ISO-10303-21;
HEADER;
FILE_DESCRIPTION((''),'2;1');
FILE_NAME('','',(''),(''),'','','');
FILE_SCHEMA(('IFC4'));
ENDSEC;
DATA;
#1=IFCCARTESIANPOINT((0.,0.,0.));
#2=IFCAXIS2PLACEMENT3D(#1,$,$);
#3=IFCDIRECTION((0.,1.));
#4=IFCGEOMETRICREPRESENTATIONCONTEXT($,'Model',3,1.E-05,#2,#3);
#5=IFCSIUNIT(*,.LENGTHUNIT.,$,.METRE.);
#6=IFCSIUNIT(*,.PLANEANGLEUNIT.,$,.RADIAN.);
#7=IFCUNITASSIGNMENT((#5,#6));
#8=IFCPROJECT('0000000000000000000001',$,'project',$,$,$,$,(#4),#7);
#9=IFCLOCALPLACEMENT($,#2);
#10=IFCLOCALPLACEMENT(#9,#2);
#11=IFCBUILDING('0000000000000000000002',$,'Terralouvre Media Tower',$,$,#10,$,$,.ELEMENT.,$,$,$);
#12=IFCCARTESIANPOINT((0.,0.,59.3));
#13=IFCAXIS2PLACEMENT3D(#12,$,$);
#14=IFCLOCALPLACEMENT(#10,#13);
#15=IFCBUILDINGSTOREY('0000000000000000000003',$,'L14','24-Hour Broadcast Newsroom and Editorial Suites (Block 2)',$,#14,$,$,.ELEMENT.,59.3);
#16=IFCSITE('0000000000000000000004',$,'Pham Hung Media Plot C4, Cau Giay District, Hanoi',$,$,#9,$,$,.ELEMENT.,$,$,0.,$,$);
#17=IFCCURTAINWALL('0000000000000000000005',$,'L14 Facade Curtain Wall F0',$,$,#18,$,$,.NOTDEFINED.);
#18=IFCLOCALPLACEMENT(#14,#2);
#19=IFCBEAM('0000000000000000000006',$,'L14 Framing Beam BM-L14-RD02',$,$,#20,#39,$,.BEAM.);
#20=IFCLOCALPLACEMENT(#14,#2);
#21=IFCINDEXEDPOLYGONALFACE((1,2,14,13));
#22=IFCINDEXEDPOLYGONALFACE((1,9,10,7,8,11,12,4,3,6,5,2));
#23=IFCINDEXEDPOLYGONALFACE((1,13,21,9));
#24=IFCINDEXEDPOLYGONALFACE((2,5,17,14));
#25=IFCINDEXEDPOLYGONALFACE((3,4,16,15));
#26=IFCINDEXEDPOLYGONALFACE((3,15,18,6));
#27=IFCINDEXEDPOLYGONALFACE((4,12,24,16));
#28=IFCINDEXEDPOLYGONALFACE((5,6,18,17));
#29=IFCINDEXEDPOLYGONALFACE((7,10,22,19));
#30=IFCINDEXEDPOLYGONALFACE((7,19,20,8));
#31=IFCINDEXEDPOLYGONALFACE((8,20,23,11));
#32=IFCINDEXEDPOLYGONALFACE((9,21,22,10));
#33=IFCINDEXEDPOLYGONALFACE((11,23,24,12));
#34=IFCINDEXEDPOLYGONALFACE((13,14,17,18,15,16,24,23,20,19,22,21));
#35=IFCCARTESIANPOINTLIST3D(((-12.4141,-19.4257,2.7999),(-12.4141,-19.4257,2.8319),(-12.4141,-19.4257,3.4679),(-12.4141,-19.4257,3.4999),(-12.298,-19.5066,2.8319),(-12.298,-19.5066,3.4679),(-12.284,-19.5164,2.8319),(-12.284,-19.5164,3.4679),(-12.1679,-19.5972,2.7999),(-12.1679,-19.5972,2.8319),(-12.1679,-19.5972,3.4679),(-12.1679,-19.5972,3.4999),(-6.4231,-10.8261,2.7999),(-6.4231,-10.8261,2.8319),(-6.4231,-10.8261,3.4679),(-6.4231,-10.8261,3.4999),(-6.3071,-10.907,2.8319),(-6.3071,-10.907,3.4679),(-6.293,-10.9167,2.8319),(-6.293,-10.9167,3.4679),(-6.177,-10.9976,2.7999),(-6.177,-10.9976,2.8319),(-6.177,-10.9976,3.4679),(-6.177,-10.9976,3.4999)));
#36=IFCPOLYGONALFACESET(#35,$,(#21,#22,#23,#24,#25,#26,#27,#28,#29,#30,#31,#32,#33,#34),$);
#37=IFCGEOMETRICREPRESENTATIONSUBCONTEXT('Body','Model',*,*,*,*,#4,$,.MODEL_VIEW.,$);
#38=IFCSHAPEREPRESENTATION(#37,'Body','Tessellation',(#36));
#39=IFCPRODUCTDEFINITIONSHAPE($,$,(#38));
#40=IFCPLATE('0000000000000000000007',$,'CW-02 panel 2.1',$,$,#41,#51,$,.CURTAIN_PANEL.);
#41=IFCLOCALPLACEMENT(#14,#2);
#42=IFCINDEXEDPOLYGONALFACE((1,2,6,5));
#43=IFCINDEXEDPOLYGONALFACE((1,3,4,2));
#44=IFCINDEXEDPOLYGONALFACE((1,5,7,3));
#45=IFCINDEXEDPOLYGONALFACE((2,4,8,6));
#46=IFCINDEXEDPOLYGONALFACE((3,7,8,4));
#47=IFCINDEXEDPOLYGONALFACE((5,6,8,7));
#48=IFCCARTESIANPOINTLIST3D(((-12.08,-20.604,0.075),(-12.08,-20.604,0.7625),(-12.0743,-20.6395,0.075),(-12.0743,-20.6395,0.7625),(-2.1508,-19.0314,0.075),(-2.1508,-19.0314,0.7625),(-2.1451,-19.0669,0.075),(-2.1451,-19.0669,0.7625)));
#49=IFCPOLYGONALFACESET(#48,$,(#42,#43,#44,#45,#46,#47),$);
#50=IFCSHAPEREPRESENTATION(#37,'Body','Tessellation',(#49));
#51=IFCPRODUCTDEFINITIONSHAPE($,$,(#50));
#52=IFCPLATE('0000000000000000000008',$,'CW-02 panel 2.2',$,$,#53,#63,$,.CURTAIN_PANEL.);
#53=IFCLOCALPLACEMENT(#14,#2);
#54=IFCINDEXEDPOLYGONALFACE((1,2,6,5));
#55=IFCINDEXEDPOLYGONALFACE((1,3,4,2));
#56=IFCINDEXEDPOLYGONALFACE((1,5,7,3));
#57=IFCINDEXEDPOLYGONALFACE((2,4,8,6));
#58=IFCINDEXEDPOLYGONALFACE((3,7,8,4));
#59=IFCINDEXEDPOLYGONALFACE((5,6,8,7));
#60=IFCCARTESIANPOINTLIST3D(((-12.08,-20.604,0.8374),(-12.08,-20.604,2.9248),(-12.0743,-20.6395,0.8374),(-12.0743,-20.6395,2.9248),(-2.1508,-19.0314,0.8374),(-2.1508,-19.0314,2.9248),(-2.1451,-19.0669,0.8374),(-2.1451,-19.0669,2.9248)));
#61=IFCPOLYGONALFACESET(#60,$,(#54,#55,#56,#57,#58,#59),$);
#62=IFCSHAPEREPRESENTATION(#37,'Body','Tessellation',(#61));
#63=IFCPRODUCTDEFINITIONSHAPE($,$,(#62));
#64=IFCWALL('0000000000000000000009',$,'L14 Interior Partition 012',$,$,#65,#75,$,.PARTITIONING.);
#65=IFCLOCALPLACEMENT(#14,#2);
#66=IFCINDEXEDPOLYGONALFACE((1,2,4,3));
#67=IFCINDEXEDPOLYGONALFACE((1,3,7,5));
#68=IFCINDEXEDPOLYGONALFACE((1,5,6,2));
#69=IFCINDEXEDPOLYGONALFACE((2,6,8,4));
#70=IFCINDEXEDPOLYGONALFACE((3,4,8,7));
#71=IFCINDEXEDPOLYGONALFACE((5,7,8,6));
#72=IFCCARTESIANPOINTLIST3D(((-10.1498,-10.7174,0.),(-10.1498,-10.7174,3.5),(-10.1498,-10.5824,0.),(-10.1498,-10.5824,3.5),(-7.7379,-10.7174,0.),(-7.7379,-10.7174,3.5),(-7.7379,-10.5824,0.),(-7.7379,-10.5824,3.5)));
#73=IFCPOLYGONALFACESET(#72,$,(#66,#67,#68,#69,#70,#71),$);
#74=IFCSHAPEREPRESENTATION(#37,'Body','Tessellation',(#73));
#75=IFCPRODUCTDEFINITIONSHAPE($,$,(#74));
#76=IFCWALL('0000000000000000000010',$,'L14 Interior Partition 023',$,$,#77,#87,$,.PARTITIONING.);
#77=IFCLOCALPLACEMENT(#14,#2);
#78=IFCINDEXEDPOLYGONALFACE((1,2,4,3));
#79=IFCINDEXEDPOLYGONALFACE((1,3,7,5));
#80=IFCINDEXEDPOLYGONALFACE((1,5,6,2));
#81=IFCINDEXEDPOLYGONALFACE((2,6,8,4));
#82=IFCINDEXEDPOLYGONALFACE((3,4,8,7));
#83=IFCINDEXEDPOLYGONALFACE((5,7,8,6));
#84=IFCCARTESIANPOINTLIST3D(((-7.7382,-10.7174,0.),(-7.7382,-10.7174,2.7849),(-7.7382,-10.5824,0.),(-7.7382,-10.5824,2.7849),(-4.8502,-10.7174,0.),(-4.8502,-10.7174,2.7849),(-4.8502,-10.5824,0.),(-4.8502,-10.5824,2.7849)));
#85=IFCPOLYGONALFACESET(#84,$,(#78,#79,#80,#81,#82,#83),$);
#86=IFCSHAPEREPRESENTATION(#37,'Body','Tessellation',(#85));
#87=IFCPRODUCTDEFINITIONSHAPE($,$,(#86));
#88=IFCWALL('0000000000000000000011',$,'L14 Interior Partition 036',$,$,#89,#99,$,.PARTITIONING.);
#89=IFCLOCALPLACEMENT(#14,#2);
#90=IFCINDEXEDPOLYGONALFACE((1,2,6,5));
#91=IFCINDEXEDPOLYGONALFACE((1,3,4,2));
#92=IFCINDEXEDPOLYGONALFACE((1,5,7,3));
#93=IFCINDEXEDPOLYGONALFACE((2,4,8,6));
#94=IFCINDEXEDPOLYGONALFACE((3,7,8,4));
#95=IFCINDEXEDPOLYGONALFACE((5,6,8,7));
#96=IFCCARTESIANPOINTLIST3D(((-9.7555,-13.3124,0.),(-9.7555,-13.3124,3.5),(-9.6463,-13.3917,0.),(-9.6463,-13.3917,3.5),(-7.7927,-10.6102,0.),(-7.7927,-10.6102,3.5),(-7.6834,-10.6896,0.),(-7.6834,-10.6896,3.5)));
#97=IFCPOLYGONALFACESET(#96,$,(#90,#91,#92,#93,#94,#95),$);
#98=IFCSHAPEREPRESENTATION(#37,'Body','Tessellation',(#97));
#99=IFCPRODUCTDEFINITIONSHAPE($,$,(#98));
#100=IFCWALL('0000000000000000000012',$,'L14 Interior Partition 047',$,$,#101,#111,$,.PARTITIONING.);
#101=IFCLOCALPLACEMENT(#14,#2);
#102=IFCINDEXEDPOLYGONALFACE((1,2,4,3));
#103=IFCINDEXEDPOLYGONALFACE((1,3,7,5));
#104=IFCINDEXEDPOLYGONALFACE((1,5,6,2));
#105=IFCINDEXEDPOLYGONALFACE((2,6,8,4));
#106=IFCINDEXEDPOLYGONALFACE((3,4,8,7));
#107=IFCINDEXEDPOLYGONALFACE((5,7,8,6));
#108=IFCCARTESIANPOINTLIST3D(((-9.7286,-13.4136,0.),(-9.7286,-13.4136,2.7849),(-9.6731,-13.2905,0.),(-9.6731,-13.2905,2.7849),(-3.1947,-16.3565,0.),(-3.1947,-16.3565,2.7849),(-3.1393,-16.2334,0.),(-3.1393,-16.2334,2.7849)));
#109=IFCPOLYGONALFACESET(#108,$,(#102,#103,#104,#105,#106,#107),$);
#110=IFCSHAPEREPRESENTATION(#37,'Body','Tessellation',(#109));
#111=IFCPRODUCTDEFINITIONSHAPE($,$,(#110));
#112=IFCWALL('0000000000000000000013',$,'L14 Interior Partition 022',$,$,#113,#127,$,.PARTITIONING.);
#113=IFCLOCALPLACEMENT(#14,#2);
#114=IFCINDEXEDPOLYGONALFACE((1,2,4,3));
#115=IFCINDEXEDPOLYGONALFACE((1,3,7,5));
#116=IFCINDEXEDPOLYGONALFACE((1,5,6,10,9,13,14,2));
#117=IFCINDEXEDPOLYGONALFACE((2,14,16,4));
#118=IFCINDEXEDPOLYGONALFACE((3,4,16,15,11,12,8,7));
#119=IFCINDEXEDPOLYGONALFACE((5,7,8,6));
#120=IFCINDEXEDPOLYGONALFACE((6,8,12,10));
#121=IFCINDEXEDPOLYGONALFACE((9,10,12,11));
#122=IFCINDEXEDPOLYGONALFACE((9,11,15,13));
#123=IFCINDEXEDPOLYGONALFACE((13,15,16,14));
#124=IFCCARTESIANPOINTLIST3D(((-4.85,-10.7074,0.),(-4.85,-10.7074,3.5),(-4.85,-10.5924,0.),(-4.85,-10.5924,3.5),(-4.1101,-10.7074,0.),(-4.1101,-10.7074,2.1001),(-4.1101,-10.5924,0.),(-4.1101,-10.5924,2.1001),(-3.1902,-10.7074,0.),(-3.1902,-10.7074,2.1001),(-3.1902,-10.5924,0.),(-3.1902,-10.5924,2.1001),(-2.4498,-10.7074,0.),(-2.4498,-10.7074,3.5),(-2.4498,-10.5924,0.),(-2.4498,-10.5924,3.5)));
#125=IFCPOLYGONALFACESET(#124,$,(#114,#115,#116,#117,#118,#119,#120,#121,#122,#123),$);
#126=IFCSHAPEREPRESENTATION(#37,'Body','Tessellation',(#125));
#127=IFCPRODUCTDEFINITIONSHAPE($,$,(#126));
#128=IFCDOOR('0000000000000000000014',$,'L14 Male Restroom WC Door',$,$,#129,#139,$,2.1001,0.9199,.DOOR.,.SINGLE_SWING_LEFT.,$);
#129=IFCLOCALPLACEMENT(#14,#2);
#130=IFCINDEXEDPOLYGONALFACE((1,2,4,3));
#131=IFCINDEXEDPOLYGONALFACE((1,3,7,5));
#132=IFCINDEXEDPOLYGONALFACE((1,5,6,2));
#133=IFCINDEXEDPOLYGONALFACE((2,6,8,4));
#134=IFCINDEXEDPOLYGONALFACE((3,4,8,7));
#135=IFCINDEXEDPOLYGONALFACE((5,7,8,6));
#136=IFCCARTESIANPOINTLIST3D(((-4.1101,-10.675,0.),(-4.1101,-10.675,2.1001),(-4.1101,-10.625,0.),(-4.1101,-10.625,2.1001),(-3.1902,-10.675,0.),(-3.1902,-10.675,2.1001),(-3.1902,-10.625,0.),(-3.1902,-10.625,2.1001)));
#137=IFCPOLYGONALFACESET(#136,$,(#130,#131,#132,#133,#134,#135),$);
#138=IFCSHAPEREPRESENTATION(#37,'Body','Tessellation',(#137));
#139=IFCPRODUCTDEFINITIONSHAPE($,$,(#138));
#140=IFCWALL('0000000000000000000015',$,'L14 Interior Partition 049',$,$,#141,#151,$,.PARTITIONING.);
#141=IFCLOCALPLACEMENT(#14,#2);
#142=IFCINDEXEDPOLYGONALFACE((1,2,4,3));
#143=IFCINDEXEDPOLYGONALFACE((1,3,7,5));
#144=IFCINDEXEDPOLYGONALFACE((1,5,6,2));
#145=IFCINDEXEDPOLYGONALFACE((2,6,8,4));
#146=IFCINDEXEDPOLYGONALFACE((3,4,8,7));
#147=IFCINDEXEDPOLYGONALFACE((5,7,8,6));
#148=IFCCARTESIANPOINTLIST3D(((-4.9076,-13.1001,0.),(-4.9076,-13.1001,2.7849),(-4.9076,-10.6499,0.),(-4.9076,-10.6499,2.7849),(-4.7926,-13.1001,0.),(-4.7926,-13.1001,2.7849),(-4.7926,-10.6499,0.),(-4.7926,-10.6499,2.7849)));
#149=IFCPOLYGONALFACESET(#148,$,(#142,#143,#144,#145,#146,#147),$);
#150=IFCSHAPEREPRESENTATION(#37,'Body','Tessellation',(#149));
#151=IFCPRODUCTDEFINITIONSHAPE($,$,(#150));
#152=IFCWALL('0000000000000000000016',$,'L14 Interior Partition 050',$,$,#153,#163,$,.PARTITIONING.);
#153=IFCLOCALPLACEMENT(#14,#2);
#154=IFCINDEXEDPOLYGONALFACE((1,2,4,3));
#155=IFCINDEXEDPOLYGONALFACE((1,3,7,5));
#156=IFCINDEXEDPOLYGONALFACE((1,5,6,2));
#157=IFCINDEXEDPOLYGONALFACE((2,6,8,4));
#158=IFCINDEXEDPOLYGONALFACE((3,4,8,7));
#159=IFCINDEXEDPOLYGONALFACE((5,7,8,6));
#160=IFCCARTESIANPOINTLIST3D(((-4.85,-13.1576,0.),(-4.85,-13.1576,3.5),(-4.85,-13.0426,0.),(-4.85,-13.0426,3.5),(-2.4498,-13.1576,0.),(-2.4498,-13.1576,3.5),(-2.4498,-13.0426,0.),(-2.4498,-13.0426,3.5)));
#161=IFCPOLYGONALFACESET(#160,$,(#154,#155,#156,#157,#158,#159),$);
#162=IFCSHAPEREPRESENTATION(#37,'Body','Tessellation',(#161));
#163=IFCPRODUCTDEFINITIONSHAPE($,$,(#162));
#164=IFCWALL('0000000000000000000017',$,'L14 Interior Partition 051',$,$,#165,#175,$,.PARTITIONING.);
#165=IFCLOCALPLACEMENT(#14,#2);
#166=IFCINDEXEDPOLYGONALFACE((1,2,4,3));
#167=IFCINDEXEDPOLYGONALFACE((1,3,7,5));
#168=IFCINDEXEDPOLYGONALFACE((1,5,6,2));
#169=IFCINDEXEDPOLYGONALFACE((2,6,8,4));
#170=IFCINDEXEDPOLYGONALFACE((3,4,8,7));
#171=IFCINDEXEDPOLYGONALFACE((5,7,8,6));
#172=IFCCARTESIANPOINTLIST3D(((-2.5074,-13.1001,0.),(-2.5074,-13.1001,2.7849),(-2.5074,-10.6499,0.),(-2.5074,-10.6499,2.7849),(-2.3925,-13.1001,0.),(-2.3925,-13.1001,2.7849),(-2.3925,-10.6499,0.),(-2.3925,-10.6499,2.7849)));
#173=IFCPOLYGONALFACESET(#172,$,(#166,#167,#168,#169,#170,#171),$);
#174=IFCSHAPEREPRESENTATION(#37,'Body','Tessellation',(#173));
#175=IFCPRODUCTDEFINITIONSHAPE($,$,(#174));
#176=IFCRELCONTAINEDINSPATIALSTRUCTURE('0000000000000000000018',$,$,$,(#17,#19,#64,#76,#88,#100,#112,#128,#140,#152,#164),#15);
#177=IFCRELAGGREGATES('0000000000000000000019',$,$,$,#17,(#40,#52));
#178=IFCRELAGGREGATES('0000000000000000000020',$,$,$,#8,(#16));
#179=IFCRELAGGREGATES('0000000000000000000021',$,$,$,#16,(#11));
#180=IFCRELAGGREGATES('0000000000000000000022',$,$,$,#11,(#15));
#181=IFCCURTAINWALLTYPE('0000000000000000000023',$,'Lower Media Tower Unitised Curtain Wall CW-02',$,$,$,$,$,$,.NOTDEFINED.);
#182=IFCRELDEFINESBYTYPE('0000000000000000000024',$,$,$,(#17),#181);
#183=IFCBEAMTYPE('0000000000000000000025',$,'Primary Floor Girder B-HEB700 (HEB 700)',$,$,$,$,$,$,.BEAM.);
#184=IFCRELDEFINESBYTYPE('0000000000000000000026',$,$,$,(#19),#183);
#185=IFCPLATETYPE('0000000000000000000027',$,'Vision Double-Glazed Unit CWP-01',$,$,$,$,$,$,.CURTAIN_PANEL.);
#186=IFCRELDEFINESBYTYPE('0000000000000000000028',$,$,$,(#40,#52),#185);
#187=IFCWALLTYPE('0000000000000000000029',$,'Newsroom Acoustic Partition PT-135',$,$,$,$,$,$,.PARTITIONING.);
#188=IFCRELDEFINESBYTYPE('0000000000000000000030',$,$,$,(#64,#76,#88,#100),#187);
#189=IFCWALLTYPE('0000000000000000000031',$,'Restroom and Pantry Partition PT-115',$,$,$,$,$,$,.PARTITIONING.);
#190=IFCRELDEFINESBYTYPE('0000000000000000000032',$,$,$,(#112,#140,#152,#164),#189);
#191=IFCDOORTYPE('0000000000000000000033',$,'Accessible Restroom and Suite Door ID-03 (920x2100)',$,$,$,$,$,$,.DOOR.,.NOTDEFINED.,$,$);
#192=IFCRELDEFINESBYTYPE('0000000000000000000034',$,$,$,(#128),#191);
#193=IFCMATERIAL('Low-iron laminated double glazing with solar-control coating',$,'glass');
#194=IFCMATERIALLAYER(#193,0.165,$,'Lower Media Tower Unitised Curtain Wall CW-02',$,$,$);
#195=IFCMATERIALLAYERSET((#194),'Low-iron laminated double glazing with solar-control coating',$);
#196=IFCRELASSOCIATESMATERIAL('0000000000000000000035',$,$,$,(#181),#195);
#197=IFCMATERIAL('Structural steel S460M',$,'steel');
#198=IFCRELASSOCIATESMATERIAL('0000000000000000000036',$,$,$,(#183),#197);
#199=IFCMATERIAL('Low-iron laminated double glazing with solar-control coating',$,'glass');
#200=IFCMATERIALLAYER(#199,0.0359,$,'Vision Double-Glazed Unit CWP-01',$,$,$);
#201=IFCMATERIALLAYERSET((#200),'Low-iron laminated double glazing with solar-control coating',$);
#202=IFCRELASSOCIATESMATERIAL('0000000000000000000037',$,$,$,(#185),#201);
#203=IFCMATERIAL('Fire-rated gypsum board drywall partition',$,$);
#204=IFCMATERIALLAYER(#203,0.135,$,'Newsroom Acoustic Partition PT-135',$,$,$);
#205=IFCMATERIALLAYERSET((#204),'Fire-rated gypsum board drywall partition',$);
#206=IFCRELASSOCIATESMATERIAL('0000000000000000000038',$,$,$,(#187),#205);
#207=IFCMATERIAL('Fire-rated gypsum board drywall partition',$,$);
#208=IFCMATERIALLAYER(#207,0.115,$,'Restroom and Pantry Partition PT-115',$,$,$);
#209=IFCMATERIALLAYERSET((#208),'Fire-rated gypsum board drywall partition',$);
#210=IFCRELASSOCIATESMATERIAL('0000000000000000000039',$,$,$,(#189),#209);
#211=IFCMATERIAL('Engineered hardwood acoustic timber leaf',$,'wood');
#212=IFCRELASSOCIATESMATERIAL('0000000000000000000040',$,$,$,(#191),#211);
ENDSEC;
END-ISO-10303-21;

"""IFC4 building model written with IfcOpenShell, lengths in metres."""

from ifc_helpers import new_model, si_unit, direction, frame, frame_2d, origin, origin_2d, place, context, subcontext, project, spatial, rectangle, i_section, extrude, material, layer, layer_set, material_profile, profile_set, type_object, element, fill, aggregate, save


model = new_model("IFC4")

# Units and contexts
model_context = context("Model", 3, precision=1e-05, world=origin(), true_north=direction((0.0, 1.0)))
body_context = subcontext(model_context, "Body", "Model", "MODEL_VIEW")
ifc_project = project(units=[si_unit("LENGTHUNIT", "METRE"), si_unit("PLANEANGLEUNIT", "RADIAN")], contexts=[model_context])

# Site, building, storey
site_placement = place(None, origin())
site = spatial("IfcSite", under=ifc_project, at=site_placement, Name="Pham Hung Media Plot C4, Cau Giay District, Hanoi", CompositionType="ELEMENT", RefElevation=0.0)
building_placement = place(site_placement, origin())
building = spatial("IfcBuilding", under=site, at=building_placement, Name="Terralouvre Media Tower", CompositionType="ELEMENT")
storey_placement = place(building_placement, frame((0.0, 0.0, 59.3)))
storey = spatial("IfcBuildingStorey", under=building, at=storey_placement, Name="L14", Description="24-Hour Broadcast Newsroom and Editorial Suites (Block 2)", CompositionType="ELEMENT", Elevation=59.3)

# Curtain wall
ifc_material_1 = material(Name="Low-iron laminated double glazing with solar-control coating", Category="glass")
ifc_layer_1 = layer(ifc_material_1, 0.165, Name="Lower Media Tower Unitised Curtain Wall CW-02")
ifc_layer_set_1 = layer_set([ifc_layer_1], Name="Low-iron laminated double glazing with solar-control coating")
curtain_wall_type = type_object("IfcCurtainWallType", Name="Lower Media Tower Unitised Curtain Wall CW-02", PredefinedType="NOTDEFINED", material=ifc_layer_set_1)
curtain_wall_placement = place(storey_placement, origin())
curtain_wall = element("IfcCurtainWall", 1, at=curtain_wall_placement, inside=storey, type_object=curtain_wall_type, Name="L14 Facade Curtain Wall F0", PredefinedType="NOTDEFINED")

# Beam
ifc_material_2 = material(Name="Structural steel S460M", Category="steel")
ifc_material_profile_1 = material_profile(ifc_material_2, i_section(OverallWidth=0.3, OverallDepth=0.7, WebThickness=0.0171, FlangeThickness=0.032, at=origin_2d()), Name="HEB 700")
ifc_profile_set_1 = profile_set([ifc_material_profile_1], Name="Structural steel S460M")
beam_type_1 = type_object("IfcBeamType", Name="Primary Floor Girder B-HEB700 (HEB 700)", PredefinedType="BEAM", material=ifc_profile_set_1)
beam_1_placement = place(storey_placement, frame((-6.3, -10.9119, 3.1499), z_axis=(-0.571619, -0.820519, 0.0), x_axis=(0.820519, -0.571619, 0.0)))
element("IfcBeam", 2, at=beam_1_placement, inside=storey, type_object=beam_type_1, Name="L14 Framing Beam BM-L14-RD02", PredefinedType="BEAM", context=body_context, shape_type="SweptSolid", body=[
    extrude(i_section(OverallWidth=0.3, OverallDepth=0.7, WebThickness=0.0171, FlangeThickness=0.032, at=origin_2d()), origin(), (0.0, 0.0, 1.0), 10.4807),
])

# Plates
ifc_material_3 = material(Name="Low-iron laminated double glazing with solar-control coating", Category="glass")
ifc_layer_2 = layer(ifc_material_3, 0.0359, Name="Vision Double-Glazed Unit CWP-01")
ifc_layer_set_2 = layer_set([ifc_layer_2], Name="Low-iron laminated double glazing with solar-control coating")
plate_type = type_object("IfcPlateType", Name="Vision Double-Glazed Unit CWP-01", PredefinedType="CURTAIN_PANEL", material=ifc_layer_set_2)
plate_1_placement = place(storey_placement, frame((-7.1125, -19.8354, 0.075), z_axis=(0.0, 0.0, 1.0), x_axis=(0.987688, 0.156434, 0.0)))
plate_1 = element("IfcPlate", 3, at=plate_1_placement, type_object=plate_type, Name="CW-02 panel 2.1", PredefinedType="CURTAIN_PANEL", context=body_context, shape_type="SweptSolid", body=[
    extrude(rectangle(XDim=10.053, YDim=0.0359, at=origin_2d()), origin(), (0.0, 0.0, 1.0), 0.6875),
])
plate_2_placement = place(storey_placement, frame((-7.1125, -19.8354, 0.8374), z_axis=(0.0, 0.0, 1.0), x_axis=(0.987688, 0.156434, 0.0)))
plate_2 = element("IfcPlate", 4, at=plate_2_placement, type_object=plate_type, Name="CW-02 panel 2.2", PredefinedType="CURTAIN_PANEL", context=body_context, shape_type="SweptSolid", body=[
    extrude(rectangle(XDim=10.053, YDim=0.0359, at=origin_2d()), origin(), (0.0, 0.0, 1.0), 2.0874),
])
aggregate(curtain_wall, [plate_1, plate_2])

# Walls
ifc_material_4 = material(Name="Fire-rated gypsum board drywall partition")
ifc_layer_3 = layer(ifc_material_4, 0.135, Name="Newsroom Acoustic Partition PT-135")
ifc_layer_set_3 = layer_set([ifc_layer_3], Name="Fire-rated gypsum board drywall partition")
wall_type_1 = type_object("IfcWallType", Name="Newsroom Acoustic Partition PT-135", PredefinedType="PARTITIONING", material=ifc_layer_set_3)
wall_1_placement = place(storey_placement, frame((-10.1499, -10.6499, 0.0), z_axis=(0.0, 0.0, 1.0), x_axis=(1.0, 0.0, 0.0)))
element("IfcWall", 5, at=wall_1_placement, inside=storey, type_object=wall_type_1, Name="L14 Interior Partition 012", PredefinedType="PARTITIONING", context=body_context, shape_type="SweptSolid", body=[
    extrude(rectangle(XDim=2.4119, YDim=0.135, at=frame_2d((1.2061, 0.0))), origin(), (0.0, 0.0, 1.0), 3.5),
])
wall_2_placement = place(storey_placement, frame((-7.738, -10.6499, 0.0), z_axis=(0.0, 0.0, 1.0), x_axis=(1.0, 0.0, 0.0)))
element("IfcWall", 6, at=wall_2_placement, inside=storey, type_object=wall_type_1, Name="L14 Interior Partition 023", PredefinedType="PARTITIONING", context=body_context, shape_type="SweptSolid", body=[
    extrude(rectangle(XDim=2.8879, YDim=0.135, at=frame_2d((1.4438, 0.0))), origin(), (0.0, 0.0, 1.0), 2.7849),
])
wall_3_placement = place(storey_placement, frame((-9.7009, -13.3521, 0.0), z_axis=(0.0, 0.0, 1.0), x_axis=(0.58772, 0.809065, 0.0)))
element("IfcWall", 7, at=wall_3_placement, inside=storey, type_object=wall_type_1, Name="L14 Interior Partition 036", PredefinedType="PARTITIONING", context=body_context, shape_type="SweptSolid", body=[
    extrude(rectangle(XDim=3.3398, YDim=0.135, at=frame_2d((1.6699, 0.0))), origin(), (0.0, 0.0, 1.0), 3.5),
])
wall_4_placement = place(storey_placement, frame((-3.167, -16.2949, 0.0), z_axis=(0.0, 0.0, 1.0), x_axis=(-0.911786, 0.410666, 0.0)))
element("IfcWall", 8, at=wall_4_placement, inside=storey, type_object=wall_type_1, Name="L14 Interior Partition 047", PredefinedType="PARTITIONING", context=body_context, shape_type="SweptSolid", body=[
    extrude(rectangle(XDim=7.166, YDim=0.135, at=frame_2d((3.583, 0.0))), origin(), (0.0, 0.0, 1.0), 2.7849),
])

# Wall, opening, door
ifc_material_5 = material(Name="Fire-rated gypsum board drywall partition")
ifc_layer_4 = layer(ifc_material_5, 0.115, Name="Restroom and Pantry Partition PT-115")
ifc_layer_set_4 = layer_set([ifc_layer_4], Name="Fire-rated gypsum board drywall partition")
wall_type_2 = type_object("IfcWallType", Name="Restroom and Pantry Partition PT-115", PredefinedType="PARTITIONING", material=ifc_layer_set_4)
wall_5_placement = place(storey_placement, frame((-4.8501, -10.6499, 0.0), z_axis=(0.0, 0.0, 1.0), x_axis=(1.0, 0.0, 0.0)))
wall_5 = element("IfcWall", 9, at=wall_5_placement, inside=storey, type_object=wall_type_2, Name="L14 Interior Partition 022", PredefinedType="PARTITIONING", context=body_context, shape_type="SweptSolid", body=[
    extrude(rectangle(XDim=2.4001, YDim=0.115, at=frame_2d((1.2002, 0.0))), origin(), (0.0, 0.0, 1.0), 3.5),
])
opening_placement = place(wall_5_placement, frame((0.74, 0.0, 0.0)))
opening = element("IfcOpeningElement", 10, at=opening_placement, cuts=wall_5, PredefinedType="OPENING", context=body_context, shape_type="SweptSolid", body=[
    extrude(rectangle(XDim=0.9199, YDim=2.1001, at=frame_2d((0.46, 1.05))), frame((0.0, 0.0674, 0.0), z_axis=(0.0, -1.0, 0.0), x_axis=(1.0, 0.0, 0.0)), (0.0, 0.0, 1.0), 0.135),
])
ifc_material_6 = material(Name="Engineered hardwood acoustic timber leaf", Category="wood")
door_type = type_object("IfcDoorType", Name="Accessible Restroom and Suite Door ID-03 (920x2100)", OperationType="NOTDEFINED", PredefinedType="DOOR", material=ifc_material_6)
door_placement = place(opening_placement, origin())
door = element("IfcDoor", 11, at=door_placement, inside=storey, type_object=door_type, Name="L14 Male Restroom WC Door", OperationType="SINGLE_SWING_LEFT", OverallHeight=2.1001, OverallWidth=0.9199, PredefinedType="DOOR", context=body_context, shape_type="SweptSolid", body=[
    extrude(rectangle(XDim=0.9199, YDim=2.1001, at=frame_2d((0.46, 1.05))), frame((0.0, 0.0249, 0.0), z_axis=(0.0, -1.0, 0.0), x_axis=(1.0, 0.0, 0.0)), (0.0, 0.0, 1.0), 0.05),
])
fill(opening, door)

# Walls
wall_6_placement = place(storey_placement, frame((-4.8501, -10.6499, 0.0), z_axis=(0.0, 0.0, 1.0), x_axis=(0.0, -1.0, 0.0)))
element("IfcWall", 12, at=wall_6_placement, inside=storey, type_object=wall_type_2, Name="L14 Interior Partition 049", PredefinedType="PARTITIONING", context=body_context, shape_type="SweptSolid", body=[
    extrude(rectangle(XDim=2.4502, YDim=0.115, at=frame_2d((1.2251, 0.0))), origin(), (0.0, 0.0, 1.0), 2.7849),
])
wall_7_placement = place(storey_placement, frame((-4.8501, -13.1001, 0.0), z_axis=(0.0, 0.0, 1.0), x_axis=(1.0, 0.0, 0.0)))
element("IfcWall", 13, at=wall_7_placement, inside=storey, type_object=wall_type_2, Name="L14 Interior Partition 050", PredefinedType="PARTITIONING", context=body_context, shape_type="SweptSolid", body=[
    extrude(rectangle(XDim=2.4001, YDim=0.115, at=frame_2d((1.2002, 0.0))), origin(), (0.0, 0.0, 1.0), 3.5),
])
wall_8_placement = place(storey_placement, frame((-2.45, -13.1001, 0.0), z_axis=(0.0, 0.0, 1.0), x_axis=(0.0, 1.0, 0.0)))
element("IfcWall", 14, at=wall_8_placement, inside=storey, type_object=wall_type_2, Name="L14 Interior Partition 051", PredefinedType="PARTITIONING", context=body_context, shape_type="SweptSolid", body=[
    extrude(rectangle(XDim=2.4502, YDim=0.115, at=frame_2d((1.2251, 0.0))), origin(), (0.0, 0.0, 1.0), 2.7849),
])

save(model, "model.ifc")
